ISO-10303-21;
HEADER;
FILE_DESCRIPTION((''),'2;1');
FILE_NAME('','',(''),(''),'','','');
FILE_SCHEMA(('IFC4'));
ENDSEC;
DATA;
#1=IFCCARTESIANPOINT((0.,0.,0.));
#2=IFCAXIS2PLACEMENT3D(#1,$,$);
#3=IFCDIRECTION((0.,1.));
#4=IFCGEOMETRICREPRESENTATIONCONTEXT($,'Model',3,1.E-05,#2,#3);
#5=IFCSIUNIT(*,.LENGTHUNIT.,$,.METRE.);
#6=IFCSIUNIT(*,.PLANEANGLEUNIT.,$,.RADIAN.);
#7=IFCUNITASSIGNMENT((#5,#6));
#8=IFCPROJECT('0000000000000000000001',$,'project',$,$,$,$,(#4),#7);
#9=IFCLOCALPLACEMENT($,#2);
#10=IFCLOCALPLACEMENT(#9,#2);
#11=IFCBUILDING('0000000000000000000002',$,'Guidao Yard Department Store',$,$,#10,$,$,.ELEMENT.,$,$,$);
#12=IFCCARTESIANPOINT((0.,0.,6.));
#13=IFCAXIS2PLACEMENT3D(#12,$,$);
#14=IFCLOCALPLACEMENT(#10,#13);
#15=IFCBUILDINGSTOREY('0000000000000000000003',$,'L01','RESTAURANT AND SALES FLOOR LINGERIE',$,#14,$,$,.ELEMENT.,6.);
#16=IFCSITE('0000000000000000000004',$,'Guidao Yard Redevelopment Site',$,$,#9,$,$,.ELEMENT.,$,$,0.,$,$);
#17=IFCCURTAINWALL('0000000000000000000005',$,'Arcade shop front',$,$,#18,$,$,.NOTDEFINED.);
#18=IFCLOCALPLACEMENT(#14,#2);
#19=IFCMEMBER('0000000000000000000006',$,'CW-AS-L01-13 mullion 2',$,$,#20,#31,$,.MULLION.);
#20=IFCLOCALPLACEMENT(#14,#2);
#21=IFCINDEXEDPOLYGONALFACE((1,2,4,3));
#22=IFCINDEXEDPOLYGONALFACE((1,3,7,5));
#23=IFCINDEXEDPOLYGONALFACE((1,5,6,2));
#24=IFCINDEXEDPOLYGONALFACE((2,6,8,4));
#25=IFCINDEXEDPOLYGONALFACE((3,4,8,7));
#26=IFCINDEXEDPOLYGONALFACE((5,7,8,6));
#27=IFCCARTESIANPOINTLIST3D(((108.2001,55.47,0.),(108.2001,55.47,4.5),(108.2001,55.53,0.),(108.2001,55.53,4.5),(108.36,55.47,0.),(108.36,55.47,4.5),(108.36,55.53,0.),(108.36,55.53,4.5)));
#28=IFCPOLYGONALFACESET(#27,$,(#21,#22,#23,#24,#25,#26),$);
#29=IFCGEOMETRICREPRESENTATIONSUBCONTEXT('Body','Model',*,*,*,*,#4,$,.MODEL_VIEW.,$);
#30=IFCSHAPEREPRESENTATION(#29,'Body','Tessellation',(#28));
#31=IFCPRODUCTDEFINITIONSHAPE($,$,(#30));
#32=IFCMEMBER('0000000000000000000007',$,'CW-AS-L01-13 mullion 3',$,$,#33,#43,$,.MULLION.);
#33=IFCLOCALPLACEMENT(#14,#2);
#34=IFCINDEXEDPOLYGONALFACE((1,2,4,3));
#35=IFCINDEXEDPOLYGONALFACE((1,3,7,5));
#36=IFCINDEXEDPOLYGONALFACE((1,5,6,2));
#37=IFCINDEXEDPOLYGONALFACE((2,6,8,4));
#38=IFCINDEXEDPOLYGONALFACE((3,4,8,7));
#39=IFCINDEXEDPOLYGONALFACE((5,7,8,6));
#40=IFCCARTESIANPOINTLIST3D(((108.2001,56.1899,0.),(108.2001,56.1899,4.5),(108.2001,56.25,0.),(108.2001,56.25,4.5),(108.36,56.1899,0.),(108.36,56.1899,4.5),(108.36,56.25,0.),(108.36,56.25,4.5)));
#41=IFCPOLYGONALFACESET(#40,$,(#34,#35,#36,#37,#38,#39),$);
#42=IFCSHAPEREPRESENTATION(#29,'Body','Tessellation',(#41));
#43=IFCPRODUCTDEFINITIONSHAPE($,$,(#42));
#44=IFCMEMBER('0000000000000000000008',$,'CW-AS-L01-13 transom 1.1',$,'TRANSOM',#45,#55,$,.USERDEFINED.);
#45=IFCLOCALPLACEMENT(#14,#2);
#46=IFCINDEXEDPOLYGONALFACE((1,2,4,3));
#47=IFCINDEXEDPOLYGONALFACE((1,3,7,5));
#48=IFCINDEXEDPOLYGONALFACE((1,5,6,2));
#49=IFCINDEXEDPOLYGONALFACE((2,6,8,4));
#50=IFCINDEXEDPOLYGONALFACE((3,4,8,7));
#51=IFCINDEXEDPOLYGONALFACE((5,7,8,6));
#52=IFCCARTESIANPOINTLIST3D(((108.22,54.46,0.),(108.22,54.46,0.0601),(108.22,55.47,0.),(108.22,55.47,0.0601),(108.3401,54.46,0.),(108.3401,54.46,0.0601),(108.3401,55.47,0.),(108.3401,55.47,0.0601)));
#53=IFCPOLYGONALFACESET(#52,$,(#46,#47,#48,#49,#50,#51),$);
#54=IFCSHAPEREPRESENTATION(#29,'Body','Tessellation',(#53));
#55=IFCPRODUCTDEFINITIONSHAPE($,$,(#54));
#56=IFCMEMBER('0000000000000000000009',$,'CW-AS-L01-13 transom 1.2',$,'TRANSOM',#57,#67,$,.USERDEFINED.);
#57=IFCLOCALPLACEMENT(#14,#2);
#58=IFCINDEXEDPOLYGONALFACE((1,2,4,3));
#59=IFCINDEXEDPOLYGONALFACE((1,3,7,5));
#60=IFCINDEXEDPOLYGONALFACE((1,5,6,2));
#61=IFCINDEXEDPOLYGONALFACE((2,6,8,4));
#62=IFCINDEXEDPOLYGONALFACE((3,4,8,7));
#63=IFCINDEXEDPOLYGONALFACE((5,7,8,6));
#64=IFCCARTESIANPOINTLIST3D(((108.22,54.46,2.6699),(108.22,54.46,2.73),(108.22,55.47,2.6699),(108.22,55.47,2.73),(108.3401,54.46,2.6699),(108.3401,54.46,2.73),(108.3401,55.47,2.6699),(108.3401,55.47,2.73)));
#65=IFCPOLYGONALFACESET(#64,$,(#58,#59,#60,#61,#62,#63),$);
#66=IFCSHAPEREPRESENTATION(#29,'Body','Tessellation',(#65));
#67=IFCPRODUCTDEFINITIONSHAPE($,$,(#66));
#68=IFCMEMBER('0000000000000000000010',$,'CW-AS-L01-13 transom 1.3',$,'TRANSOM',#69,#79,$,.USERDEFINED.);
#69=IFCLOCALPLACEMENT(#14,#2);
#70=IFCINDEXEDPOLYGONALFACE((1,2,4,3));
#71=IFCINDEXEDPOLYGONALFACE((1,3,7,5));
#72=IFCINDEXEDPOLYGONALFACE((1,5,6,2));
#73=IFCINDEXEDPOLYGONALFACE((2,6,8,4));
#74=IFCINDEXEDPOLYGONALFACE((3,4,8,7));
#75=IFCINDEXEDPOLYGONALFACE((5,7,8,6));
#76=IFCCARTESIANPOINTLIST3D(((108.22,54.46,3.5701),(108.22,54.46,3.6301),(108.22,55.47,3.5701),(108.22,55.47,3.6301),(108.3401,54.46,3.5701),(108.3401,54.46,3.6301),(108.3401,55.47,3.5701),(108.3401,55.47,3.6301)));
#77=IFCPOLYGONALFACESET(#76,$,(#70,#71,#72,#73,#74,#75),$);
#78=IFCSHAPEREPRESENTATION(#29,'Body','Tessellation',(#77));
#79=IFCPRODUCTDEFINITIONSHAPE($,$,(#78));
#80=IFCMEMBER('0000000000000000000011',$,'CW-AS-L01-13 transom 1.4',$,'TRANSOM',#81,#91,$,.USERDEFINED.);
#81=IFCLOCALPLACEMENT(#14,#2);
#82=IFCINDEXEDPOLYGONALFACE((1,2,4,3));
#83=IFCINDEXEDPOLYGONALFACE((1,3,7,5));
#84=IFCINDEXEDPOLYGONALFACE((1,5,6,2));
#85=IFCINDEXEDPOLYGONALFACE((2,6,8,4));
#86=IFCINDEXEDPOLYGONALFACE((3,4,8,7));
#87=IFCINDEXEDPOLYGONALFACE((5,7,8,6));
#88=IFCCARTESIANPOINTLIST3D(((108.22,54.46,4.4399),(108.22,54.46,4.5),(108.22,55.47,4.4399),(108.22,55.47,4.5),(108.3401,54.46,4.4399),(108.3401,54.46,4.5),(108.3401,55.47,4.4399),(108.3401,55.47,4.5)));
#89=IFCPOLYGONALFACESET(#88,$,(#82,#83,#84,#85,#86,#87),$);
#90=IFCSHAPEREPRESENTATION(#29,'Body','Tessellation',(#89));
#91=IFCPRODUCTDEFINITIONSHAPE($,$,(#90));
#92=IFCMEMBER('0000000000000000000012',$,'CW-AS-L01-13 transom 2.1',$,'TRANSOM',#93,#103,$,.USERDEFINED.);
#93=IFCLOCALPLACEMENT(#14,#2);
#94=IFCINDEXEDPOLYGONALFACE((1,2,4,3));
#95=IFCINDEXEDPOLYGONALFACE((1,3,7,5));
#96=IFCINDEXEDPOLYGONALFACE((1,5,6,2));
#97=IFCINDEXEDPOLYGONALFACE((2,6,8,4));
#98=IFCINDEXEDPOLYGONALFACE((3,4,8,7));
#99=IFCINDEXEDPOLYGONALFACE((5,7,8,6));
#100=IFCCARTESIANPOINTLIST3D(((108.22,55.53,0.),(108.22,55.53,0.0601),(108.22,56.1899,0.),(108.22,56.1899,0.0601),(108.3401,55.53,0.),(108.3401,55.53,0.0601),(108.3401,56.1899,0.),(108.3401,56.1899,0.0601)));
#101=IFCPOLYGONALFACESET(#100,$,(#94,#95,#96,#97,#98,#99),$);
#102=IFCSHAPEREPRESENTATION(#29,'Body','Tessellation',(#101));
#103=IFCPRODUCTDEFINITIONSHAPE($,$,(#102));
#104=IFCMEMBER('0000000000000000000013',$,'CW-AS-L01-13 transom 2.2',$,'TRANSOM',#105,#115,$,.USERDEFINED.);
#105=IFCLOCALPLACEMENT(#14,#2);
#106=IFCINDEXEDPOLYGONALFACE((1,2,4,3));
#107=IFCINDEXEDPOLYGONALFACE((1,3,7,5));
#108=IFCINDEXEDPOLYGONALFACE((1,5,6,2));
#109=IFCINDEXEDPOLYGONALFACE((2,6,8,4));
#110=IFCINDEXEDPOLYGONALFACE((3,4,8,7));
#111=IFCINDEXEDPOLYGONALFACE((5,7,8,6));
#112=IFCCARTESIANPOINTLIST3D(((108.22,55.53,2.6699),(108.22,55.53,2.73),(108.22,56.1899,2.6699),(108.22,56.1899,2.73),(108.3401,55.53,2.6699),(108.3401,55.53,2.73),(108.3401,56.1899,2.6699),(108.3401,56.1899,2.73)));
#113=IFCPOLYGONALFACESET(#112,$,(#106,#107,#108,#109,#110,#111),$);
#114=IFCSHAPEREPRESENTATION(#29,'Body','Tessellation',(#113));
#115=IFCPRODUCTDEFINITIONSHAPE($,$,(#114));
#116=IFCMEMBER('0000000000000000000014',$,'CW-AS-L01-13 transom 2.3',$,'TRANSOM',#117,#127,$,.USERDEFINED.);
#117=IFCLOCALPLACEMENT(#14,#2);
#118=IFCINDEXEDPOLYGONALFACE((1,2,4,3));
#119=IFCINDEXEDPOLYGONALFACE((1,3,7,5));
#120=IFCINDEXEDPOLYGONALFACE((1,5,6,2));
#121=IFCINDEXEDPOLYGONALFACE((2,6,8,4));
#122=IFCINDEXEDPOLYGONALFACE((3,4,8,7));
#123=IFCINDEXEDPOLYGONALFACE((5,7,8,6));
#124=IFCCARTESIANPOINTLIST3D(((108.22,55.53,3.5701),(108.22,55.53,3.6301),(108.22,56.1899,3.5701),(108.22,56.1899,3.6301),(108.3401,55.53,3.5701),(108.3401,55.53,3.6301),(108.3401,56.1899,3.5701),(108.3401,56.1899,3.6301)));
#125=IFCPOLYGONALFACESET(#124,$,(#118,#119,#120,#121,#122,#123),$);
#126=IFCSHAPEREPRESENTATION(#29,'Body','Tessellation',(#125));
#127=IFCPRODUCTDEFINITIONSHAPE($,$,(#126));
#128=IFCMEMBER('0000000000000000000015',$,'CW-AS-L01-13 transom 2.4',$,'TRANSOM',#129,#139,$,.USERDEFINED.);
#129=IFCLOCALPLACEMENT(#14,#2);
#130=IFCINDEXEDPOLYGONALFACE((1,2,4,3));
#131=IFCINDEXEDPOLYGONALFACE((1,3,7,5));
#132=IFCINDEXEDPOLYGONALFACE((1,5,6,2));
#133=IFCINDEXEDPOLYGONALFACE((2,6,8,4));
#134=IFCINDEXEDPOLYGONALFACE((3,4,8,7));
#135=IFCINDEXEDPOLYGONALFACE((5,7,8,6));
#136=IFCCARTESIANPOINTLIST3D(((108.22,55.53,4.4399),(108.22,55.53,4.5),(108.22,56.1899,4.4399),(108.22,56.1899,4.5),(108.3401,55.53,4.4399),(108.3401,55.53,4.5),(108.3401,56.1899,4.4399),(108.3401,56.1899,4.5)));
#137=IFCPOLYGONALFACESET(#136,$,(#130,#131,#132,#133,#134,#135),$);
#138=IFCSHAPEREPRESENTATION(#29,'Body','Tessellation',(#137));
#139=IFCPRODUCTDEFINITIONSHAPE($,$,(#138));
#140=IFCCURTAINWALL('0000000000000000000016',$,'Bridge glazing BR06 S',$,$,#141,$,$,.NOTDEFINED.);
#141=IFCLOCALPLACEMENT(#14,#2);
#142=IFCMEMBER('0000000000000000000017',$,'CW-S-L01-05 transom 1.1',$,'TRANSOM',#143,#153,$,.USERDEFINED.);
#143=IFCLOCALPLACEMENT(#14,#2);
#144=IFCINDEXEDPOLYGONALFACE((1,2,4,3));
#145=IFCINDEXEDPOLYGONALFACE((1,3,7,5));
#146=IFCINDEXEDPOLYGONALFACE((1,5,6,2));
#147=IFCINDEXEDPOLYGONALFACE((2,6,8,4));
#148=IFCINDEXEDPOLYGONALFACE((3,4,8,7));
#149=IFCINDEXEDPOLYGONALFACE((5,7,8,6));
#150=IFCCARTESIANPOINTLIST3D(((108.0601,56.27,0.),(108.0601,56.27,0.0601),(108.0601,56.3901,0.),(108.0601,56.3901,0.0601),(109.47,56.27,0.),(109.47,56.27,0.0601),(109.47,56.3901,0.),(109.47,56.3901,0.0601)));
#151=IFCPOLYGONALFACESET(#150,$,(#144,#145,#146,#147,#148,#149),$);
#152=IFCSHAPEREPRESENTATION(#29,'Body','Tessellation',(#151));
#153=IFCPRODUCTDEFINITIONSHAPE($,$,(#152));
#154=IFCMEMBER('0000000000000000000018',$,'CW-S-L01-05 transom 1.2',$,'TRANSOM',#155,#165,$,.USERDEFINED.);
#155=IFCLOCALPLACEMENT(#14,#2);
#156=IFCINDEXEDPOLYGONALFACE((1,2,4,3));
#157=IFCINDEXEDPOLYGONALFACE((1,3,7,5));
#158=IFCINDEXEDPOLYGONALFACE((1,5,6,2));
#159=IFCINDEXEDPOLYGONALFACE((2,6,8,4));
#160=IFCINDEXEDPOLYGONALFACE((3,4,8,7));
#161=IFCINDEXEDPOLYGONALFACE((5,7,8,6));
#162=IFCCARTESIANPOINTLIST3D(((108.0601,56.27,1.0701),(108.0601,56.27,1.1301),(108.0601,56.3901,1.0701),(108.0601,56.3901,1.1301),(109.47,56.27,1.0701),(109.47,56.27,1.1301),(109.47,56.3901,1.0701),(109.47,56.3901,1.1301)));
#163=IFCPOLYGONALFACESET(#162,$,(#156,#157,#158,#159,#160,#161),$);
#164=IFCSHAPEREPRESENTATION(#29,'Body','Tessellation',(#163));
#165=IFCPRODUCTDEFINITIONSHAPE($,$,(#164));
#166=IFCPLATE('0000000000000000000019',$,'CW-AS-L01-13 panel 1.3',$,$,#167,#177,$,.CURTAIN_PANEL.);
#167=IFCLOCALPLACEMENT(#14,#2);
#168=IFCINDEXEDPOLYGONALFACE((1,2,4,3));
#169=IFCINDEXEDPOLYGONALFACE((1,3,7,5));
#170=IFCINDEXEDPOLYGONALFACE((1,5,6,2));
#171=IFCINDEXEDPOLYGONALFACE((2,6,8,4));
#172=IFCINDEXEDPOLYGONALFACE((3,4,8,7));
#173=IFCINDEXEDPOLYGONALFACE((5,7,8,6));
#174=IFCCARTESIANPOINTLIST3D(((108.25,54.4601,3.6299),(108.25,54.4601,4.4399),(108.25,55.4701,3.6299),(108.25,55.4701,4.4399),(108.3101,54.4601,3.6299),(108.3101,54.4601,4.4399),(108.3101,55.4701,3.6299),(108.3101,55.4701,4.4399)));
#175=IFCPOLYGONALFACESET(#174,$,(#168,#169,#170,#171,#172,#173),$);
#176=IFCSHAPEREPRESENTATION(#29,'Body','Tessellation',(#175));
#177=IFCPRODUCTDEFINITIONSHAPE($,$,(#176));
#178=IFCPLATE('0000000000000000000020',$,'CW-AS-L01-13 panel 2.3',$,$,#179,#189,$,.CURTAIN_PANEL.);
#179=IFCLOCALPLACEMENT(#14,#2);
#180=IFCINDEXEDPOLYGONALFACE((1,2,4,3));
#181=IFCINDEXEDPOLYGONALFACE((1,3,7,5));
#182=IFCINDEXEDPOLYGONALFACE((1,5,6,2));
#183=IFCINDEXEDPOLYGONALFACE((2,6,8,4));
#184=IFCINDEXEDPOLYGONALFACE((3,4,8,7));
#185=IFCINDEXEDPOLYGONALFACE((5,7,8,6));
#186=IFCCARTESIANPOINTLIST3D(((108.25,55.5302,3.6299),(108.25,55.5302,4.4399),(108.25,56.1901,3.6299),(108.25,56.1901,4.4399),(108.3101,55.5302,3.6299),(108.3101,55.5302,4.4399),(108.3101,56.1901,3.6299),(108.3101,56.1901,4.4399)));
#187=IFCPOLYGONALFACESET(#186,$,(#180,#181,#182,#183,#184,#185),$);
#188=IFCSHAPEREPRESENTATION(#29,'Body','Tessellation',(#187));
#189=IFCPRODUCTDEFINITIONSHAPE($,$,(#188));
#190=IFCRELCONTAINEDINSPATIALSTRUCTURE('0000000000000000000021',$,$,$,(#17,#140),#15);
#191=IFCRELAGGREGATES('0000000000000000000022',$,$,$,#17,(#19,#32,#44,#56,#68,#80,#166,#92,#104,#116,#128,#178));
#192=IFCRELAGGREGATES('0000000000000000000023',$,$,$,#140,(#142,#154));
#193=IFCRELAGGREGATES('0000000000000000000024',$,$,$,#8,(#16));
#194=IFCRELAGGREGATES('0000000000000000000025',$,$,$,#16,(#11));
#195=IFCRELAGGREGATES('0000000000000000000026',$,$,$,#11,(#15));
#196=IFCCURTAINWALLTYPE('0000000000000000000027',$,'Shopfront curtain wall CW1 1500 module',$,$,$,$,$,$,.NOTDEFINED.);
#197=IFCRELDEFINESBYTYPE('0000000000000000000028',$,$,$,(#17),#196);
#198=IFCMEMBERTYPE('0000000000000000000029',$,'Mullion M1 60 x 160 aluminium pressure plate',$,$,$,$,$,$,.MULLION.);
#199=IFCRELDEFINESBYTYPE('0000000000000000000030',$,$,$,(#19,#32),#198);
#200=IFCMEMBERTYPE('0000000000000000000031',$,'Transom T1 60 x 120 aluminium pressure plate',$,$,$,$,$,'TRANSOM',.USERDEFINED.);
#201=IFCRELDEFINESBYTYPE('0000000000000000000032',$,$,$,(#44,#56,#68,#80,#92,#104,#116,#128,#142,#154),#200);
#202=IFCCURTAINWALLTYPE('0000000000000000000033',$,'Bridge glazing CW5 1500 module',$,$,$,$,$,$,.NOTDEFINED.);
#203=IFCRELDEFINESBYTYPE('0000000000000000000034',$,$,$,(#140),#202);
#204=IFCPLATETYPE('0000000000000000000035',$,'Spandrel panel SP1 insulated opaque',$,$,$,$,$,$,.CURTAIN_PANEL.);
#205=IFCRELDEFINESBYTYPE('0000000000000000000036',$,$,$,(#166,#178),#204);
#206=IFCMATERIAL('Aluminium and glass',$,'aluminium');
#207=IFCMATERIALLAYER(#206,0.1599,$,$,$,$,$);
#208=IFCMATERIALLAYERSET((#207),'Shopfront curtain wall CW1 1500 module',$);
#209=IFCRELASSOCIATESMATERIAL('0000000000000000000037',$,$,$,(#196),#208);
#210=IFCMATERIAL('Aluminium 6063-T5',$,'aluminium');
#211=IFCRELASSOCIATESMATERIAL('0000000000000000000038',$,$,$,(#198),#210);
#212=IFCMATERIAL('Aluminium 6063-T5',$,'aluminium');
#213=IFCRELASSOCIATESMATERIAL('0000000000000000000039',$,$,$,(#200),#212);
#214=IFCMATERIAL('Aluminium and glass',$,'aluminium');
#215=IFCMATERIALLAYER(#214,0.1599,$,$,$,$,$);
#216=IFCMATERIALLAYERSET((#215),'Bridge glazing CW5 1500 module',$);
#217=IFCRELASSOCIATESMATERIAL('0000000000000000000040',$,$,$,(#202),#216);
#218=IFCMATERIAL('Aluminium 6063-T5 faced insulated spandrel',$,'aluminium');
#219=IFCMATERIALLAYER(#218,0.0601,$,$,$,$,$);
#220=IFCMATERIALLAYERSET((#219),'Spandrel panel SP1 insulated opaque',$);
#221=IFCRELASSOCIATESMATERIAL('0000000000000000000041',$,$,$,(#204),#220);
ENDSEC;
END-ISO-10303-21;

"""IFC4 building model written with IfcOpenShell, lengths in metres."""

from ifc_helpers import new_model, si_unit, direction, frame, origin, origin_2d, place, context, subcontext, project, spatial, rectangle, extrude, material, layer, layer_set, material_profile, profile_set, type_object, element, aggregate, save


model = new_model("IFC4")

# Units and contexts
model_context = context("Model", 3, precision=1e-05, world=origin(), true_north=direction((0.0, 1.0)))
body_context = subcontext(model_context, "Body", "Model", "MODEL_VIEW")
ifc_project = project(units=[si_unit("LENGTHUNIT", "METRE"), si_unit("PLANEANGLEUNIT", "RADIAN")], contexts=[model_context])

# Site, building, storey
site_placement = place(None, origin())
site = spatial("IfcSite", under=ifc_project, at=site_placement, Name="Guidao Yard Redevelopment Site", CompositionType="ELEMENT", RefElevation=0.0)
building_placement = place(site_placement, origin())
building = spatial("IfcBuilding", under=site, at=building_placement, Name="Guidao Yard Department Store", CompositionType="ELEMENT")
storey_placement = place(building_placement, frame((0.0, 0.0, 6.0)))
storey = spatial("IfcBuildingStorey", under=building, at=storey_placement, Name="L01", Description="RESTAURANT AND SALES FLOOR LINGERIE", CompositionType="ELEMENT", Elevation=6.0)

# Curtain walls, members
ifc_material_1 = material(Name="Aluminium and glass", Category="aluminium")
ifc_layer_1 = layer(ifc_material_1, 0.1599)
ifc_layer_set_1 = layer_set([ifc_layer_1], Name="Shopfront curtain wall CW1 1500 module")
curtain_wall_type_1 = type_object("IfcCurtainWallType", Name="Shopfront curtain wall CW1 1500 module", PredefinedType="NOTDEFINED", material=ifc_layer_set_1)
curtain_wall_1_placement = place(storey_placement, origin())
curtain_wall_1 = element("IfcCurtainWall", 1, at=curtain_wall_1_placement, inside=storey, type_object=curtain_wall_type_1, Name="Arcade shop front", PredefinedType="NOTDEFINED")
ifc_material_2 = material(Name="Aluminium 6063-T5", Category="aluminium")
ifc_material_profile_1 = material_profile(ifc_material_2, rectangle(XDim=0.0601, YDim=0.1599, at=origin_2d()), Name="Mullion M1 60 x 160 aluminium pressure plate")
ifc_profile_set_1 = profile_set([ifc_material_profile_1], Name="Aluminium 6063-T5")
member_type_1 = type_object("IfcMemberType", Name="Mullion M1 60 x 160 aluminium pressure plate", PredefinedType="MULLION", material=ifc_profile_set_1)
member_1_placement = place(storey_placement, frame((108.28, 55.5, 0.0), z_axis=(0.0, 0.0, 1.0), x_axis=(0.0, -1.0, 0.0)))
member_1 = element("IfcMember", 2, at=member_1_placement, type_object=member_type_1, Name="CW-AS-L01-13 mullion 2", PredefinedType="MULLION", context=body_context, shape_type="SweptSolid", body=[
    extrude(rectangle(XDim=0.0601, YDim=0.1599, at=origin_2d()), origin(), (0.0, 0.0, 1.0), 4.5),
])
member_2_placement = place(storey_placement, frame((108.28, 56.22, 0.0), z_axis=(0.0, 0.0, 1.0), x_axis=(0.0, -1.0, 0.0)))
member_2 = element("IfcMember", 3, at=member_2_placement, type_object=member_type_1, Name="CW-AS-L01-13 mullion 3", PredefinedType="MULLION", context=body_context, shape_type="SweptSolid", body=[
    extrude(rectangle(XDim=0.0601, YDim=0.1599, at=origin_2d()), origin(), (0.0, 0.0, 1.0), 4.5),
])
ifc_material_3 = material(Name="Aluminium 6063-T5", Category="aluminium")
ifc_material_profile_2 = material_profile(ifc_material_3, rectangle(XDim=0.1201, YDim=0.0601, at=origin_2d()), Name="Transom T1 60 x 120 aluminium pressure plate")
ifc_profile_set_2 = profile_set([ifc_material_profile_2], Name="Aluminium 6063-T5")
member_type_2 = type_object("IfcMemberType", Name="Transom T1 60 x 120 aluminium pressure plate", ElementType="TRANSOM", PredefinedType="USERDEFINED", material=ifc_profile_set_2)
member_3_placement = place(storey_placement, frame((108.28, 55.47, 0.03), z_axis=(0.0, -1.0, 0.0), x_axis=(1.0, 0.0, 0.0)))
member_3 = element("IfcMember", 4, at=member_3_placement, type_object=member_type_2, Name="CW-AS-L01-13 transom 1.1", ObjectType="TRANSOM", PredefinedType="USERDEFINED", context=body_context, shape_type="SweptSolid", body=[
    extrude(rectangle(XDim=0.1201, YDim=0.0601, at=origin_2d()), origin(), (0.0, 0.0, 1.0), 1.01),
])
member_4_placement = place(storey_placement, frame((108.28, 55.47, 2.7), z_axis=(0.0, -1.0, 0.0), x_axis=(1.0, 0.0, 0.0)))
member_4 = element("IfcMember", 5, at=member_4_placement, type_object=member_type_2, Name="CW-AS-L01-13 transom 1.2", ObjectType="TRANSOM", PredefinedType="USERDEFINED", context=body_context, shape_type="SweptSolid", body=[
    extrude(rectangle(XDim=0.1201, YDim=0.0601, at=origin_2d()), origin(), (0.0, 0.0, 1.0), 1.01),
])
member_5_placement = place(storey_placement, frame((108.28, 55.47, 3.6001), z_axis=(0.0, -1.0, 0.0), x_axis=(1.0, 0.0, 0.0)))
member_5 = element("IfcMember", 6, at=member_5_placement, type_object=member_type_2, Name="CW-AS-L01-13 transom 1.3", ObjectType="TRANSOM", PredefinedType="USERDEFINED", context=body_context, shape_type="SweptSolid", body=[
    extrude(rectangle(XDim=0.1201, YDim=0.0601, at=origin_2d()), origin(), (0.0, 0.0, 1.0), 1.01),
])
member_6_placement = place(storey_placement, frame((108.28, 55.47, 4.47), z_axis=(0.0, -1.0, 0.0), x_axis=(1.0, 0.0, 0.0)))
member_6 = element("IfcMember", 7, at=member_6_placement, type_object=member_type_2, Name="CW-AS-L01-13 transom 1.4", ObjectType="TRANSOM", PredefinedType="USERDEFINED", context=body_context, shape_type="SweptSolid", body=[
    extrude(rectangle(XDim=0.1201, YDim=0.0601, at=origin_2d()), origin(), (0.0, 0.0, 1.0), 1.01),
])
member_7_placement = place(storey_placement, frame((108.28, 56.1899, 0.03), z_axis=(0.0, -1.0, 0.0), x_axis=(1.0, 0.0, 0.0)))
member_7 = element("IfcMember", 8, at=member_7_placement, type_object=member_type_2, Name="CW-AS-L01-13 transom 2.1", ObjectType="TRANSOM", PredefinedType="USERDEFINED", context=body_context, shape_type="SweptSolid", body=[
    extrude(rectangle(XDim=0.1201, YDim=0.0601, at=origin_2d()), origin(), (0.0, 0.0, 1.0), 0.6599),
])
member_8_placement = place(storey_placement, frame((108.28, 56.1899, 2.7), z_axis=(0.0, -1.0, 0.0), x_axis=(1.0, 0.0, 0.0)))
member_8 = element("IfcMember", 9, at=member_8_placement, type_object=member_type_2, Name="CW-AS-L01-13 transom 2.2", ObjectType="TRANSOM", PredefinedType="USERDEFINED", context=body_context, shape_type="SweptSolid", body=[
    extrude(rectangle(XDim=0.1201, YDim=0.0601, at=origin_2d()), origin(), (0.0, 0.0, 1.0), 0.6599),
])
member_9_placement = place(storey_placement, frame((108.28, 56.1899, 3.6001), z_axis=(0.0, -1.0, 0.0), x_axis=(1.0, 0.0, 0.0)))
member_9 = element("IfcMember", 10, at=member_9_placement, type_object=member_type_2, Name="CW-AS-L01-13 transom 2.3", ObjectType="TRANSOM", PredefinedType="USERDEFINED", context=body_context, shape_type="SweptSolid", body=[
    extrude(rectangle(XDim=0.1201, YDim=0.0601, at=origin_2d()), origin(), (0.0, 0.0, 1.0), 0.6599),
])
member_10_placement = place(storey_placement, frame((108.28, 56.1899, 4.47), z_axis=(0.0, -1.0, 0.0), x_axis=(1.0, 0.0, 0.0)))
member_10 = element("IfcMember", 11, at=member_10_placement, type_object=member_type_2, Name="CW-AS-L01-13 transom 2.4", ObjectType="TRANSOM", PredefinedType="USERDEFINED", context=body_context, shape_type="SweptSolid", body=[
    extrude(rectangle(XDim=0.1201, YDim=0.0601, at=origin_2d()), origin(), (0.0, 0.0, 1.0), 0.6599),
])
ifc_material_4 = material(Name="Aluminium and glass", Category="aluminium")
ifc_layer_2 = layer(ifc_material_4, 0.1599)
ifc_layer_set_2 = layer_set([ifc_layer_2], Name="Bridge glazing CW5 1500 module")
curtain_wall_type_2 = type_object("IfcCurtainWallType", Name="Bridge glazing CW5 1500 module", PredefinedType="NOTDEFINED", material=ifc_layer_set_2)
curtain_wall_2_placement = place(storey_placement, origin())
curtain_wall_2 = element("IfcCurtainWall", 12, at=curtain_wall_2_placement, inside=storey, type_object=curtain_wall_type_2, Name="Bridge glazing BR06 S", PredefinedType="NOTDEFINED")
member_11_placement = place(storey_placement, frame((109.47, 56.3301, 0.03), z_axis=(-1.0, 0.0, 0.0), x_axis=(0.0, -1.0, 0.0)))
member_11 = element("IfcMember", 13, at=member_11_placement, type_object=member_type_2, Name="CW-S-L01-05 transom 1.1", ObjectType="TRANSOM", PredefinedType="USERDEFINED", context=body_context, shape_type="SweptSolid", body=[
    extrude(rectangle(XDim=0.1201, YDim=0.0601, at=origin_2d()), origin(), (0.0, 0.0, 1.0), 1.4099),
])
member_12_placement = place(storey_placement, frame((109.47, 56.3301, 1.1001), z_axis=(-1.0, 0.0, 0.0), x_axis=(0.0, -1.0, 0.0)))
member_12 = element("IfcMember", 14, at=member_12_placement, type_object=member_type_2, Name="CW-S-L01-05 transom 1.2", ObjectType="TRANSOM", PredefinedType="USERDEFINED", context=body_context, shape_type="SweptSolid", body=[
    extrude(rectangle(XDim=0.1201, YDim=0.0601, at=origin_2d()), origin(), (0.0, 0.0, 1.0), 1.4099),
])

# Plates
ifc_material_5 = material(Name="Aluminium 6063-T5 faced insulated spandrel", Category="aluminium")
ifc_layer_3 = layer(ifc_material_5, 0.0601)
ifc_layer_set_3 = layer_set([ifc_layer_3], Name="Spandrel panel SP1 insulated opaque")
plate_type_1 = type_object("IfcPlateType", Name="Spandrel panel SP1 insulated opaque", PredefinedType="CURTAIN_PANEL", material=ifc_layer_set_3)
plate_1_placement = place(storey_placement, frame((108.28, 54.9651, 3.6299), z_axis=(0.0, 0.0, 1.0), x_axis=(0.0, -1.0, 0.0)))
plate_1 = element("IfcPlate", 15, at=plate_1_placement, type_object=plate_type_1, Name="CW-AS-L01-13 panel 1.3", PredefinedType="CURTAIN_PANEL", context=body_context, shape_type="SweptSolid", body=[
    extrude(rectangle(XDim=1.01, YDim=0.0601, at=origin_2d()), origin(), (0.0, 0.0, 1.0), 0.8101),
])
plate_2_placement = place(storey_placement, frame((108.28, 55.8601, 3.6299), z_axis=(0.0, 0.0, 1.0), x_axis=(0.0, -1.0, 0.0)))
plate_2 = element("IfcPlate", 16, at=plate_2_placement, type_object=plate_type_1, Name="CW-AS-L01-13 panel 2.3", PredefinedType="CURTAIN_PANEL", context=body_context, shape_type="SweptSolid", body=[
    extrude(rectangle(XDim=0.6599, YDim=0.0601, at=origin_2d()), origin(), (0.0, 0.0, 1.0), 0.8101),
])
aggregate(curtain_wall_1, [member_1, member_2, member_3, member_4, member_5, member_6, plate_1, member_7, member_8, member_9, member_10, plate_2])
aggregate(curtain_wall_2, [member_11, member_12])

save(model, "model.ifc")
